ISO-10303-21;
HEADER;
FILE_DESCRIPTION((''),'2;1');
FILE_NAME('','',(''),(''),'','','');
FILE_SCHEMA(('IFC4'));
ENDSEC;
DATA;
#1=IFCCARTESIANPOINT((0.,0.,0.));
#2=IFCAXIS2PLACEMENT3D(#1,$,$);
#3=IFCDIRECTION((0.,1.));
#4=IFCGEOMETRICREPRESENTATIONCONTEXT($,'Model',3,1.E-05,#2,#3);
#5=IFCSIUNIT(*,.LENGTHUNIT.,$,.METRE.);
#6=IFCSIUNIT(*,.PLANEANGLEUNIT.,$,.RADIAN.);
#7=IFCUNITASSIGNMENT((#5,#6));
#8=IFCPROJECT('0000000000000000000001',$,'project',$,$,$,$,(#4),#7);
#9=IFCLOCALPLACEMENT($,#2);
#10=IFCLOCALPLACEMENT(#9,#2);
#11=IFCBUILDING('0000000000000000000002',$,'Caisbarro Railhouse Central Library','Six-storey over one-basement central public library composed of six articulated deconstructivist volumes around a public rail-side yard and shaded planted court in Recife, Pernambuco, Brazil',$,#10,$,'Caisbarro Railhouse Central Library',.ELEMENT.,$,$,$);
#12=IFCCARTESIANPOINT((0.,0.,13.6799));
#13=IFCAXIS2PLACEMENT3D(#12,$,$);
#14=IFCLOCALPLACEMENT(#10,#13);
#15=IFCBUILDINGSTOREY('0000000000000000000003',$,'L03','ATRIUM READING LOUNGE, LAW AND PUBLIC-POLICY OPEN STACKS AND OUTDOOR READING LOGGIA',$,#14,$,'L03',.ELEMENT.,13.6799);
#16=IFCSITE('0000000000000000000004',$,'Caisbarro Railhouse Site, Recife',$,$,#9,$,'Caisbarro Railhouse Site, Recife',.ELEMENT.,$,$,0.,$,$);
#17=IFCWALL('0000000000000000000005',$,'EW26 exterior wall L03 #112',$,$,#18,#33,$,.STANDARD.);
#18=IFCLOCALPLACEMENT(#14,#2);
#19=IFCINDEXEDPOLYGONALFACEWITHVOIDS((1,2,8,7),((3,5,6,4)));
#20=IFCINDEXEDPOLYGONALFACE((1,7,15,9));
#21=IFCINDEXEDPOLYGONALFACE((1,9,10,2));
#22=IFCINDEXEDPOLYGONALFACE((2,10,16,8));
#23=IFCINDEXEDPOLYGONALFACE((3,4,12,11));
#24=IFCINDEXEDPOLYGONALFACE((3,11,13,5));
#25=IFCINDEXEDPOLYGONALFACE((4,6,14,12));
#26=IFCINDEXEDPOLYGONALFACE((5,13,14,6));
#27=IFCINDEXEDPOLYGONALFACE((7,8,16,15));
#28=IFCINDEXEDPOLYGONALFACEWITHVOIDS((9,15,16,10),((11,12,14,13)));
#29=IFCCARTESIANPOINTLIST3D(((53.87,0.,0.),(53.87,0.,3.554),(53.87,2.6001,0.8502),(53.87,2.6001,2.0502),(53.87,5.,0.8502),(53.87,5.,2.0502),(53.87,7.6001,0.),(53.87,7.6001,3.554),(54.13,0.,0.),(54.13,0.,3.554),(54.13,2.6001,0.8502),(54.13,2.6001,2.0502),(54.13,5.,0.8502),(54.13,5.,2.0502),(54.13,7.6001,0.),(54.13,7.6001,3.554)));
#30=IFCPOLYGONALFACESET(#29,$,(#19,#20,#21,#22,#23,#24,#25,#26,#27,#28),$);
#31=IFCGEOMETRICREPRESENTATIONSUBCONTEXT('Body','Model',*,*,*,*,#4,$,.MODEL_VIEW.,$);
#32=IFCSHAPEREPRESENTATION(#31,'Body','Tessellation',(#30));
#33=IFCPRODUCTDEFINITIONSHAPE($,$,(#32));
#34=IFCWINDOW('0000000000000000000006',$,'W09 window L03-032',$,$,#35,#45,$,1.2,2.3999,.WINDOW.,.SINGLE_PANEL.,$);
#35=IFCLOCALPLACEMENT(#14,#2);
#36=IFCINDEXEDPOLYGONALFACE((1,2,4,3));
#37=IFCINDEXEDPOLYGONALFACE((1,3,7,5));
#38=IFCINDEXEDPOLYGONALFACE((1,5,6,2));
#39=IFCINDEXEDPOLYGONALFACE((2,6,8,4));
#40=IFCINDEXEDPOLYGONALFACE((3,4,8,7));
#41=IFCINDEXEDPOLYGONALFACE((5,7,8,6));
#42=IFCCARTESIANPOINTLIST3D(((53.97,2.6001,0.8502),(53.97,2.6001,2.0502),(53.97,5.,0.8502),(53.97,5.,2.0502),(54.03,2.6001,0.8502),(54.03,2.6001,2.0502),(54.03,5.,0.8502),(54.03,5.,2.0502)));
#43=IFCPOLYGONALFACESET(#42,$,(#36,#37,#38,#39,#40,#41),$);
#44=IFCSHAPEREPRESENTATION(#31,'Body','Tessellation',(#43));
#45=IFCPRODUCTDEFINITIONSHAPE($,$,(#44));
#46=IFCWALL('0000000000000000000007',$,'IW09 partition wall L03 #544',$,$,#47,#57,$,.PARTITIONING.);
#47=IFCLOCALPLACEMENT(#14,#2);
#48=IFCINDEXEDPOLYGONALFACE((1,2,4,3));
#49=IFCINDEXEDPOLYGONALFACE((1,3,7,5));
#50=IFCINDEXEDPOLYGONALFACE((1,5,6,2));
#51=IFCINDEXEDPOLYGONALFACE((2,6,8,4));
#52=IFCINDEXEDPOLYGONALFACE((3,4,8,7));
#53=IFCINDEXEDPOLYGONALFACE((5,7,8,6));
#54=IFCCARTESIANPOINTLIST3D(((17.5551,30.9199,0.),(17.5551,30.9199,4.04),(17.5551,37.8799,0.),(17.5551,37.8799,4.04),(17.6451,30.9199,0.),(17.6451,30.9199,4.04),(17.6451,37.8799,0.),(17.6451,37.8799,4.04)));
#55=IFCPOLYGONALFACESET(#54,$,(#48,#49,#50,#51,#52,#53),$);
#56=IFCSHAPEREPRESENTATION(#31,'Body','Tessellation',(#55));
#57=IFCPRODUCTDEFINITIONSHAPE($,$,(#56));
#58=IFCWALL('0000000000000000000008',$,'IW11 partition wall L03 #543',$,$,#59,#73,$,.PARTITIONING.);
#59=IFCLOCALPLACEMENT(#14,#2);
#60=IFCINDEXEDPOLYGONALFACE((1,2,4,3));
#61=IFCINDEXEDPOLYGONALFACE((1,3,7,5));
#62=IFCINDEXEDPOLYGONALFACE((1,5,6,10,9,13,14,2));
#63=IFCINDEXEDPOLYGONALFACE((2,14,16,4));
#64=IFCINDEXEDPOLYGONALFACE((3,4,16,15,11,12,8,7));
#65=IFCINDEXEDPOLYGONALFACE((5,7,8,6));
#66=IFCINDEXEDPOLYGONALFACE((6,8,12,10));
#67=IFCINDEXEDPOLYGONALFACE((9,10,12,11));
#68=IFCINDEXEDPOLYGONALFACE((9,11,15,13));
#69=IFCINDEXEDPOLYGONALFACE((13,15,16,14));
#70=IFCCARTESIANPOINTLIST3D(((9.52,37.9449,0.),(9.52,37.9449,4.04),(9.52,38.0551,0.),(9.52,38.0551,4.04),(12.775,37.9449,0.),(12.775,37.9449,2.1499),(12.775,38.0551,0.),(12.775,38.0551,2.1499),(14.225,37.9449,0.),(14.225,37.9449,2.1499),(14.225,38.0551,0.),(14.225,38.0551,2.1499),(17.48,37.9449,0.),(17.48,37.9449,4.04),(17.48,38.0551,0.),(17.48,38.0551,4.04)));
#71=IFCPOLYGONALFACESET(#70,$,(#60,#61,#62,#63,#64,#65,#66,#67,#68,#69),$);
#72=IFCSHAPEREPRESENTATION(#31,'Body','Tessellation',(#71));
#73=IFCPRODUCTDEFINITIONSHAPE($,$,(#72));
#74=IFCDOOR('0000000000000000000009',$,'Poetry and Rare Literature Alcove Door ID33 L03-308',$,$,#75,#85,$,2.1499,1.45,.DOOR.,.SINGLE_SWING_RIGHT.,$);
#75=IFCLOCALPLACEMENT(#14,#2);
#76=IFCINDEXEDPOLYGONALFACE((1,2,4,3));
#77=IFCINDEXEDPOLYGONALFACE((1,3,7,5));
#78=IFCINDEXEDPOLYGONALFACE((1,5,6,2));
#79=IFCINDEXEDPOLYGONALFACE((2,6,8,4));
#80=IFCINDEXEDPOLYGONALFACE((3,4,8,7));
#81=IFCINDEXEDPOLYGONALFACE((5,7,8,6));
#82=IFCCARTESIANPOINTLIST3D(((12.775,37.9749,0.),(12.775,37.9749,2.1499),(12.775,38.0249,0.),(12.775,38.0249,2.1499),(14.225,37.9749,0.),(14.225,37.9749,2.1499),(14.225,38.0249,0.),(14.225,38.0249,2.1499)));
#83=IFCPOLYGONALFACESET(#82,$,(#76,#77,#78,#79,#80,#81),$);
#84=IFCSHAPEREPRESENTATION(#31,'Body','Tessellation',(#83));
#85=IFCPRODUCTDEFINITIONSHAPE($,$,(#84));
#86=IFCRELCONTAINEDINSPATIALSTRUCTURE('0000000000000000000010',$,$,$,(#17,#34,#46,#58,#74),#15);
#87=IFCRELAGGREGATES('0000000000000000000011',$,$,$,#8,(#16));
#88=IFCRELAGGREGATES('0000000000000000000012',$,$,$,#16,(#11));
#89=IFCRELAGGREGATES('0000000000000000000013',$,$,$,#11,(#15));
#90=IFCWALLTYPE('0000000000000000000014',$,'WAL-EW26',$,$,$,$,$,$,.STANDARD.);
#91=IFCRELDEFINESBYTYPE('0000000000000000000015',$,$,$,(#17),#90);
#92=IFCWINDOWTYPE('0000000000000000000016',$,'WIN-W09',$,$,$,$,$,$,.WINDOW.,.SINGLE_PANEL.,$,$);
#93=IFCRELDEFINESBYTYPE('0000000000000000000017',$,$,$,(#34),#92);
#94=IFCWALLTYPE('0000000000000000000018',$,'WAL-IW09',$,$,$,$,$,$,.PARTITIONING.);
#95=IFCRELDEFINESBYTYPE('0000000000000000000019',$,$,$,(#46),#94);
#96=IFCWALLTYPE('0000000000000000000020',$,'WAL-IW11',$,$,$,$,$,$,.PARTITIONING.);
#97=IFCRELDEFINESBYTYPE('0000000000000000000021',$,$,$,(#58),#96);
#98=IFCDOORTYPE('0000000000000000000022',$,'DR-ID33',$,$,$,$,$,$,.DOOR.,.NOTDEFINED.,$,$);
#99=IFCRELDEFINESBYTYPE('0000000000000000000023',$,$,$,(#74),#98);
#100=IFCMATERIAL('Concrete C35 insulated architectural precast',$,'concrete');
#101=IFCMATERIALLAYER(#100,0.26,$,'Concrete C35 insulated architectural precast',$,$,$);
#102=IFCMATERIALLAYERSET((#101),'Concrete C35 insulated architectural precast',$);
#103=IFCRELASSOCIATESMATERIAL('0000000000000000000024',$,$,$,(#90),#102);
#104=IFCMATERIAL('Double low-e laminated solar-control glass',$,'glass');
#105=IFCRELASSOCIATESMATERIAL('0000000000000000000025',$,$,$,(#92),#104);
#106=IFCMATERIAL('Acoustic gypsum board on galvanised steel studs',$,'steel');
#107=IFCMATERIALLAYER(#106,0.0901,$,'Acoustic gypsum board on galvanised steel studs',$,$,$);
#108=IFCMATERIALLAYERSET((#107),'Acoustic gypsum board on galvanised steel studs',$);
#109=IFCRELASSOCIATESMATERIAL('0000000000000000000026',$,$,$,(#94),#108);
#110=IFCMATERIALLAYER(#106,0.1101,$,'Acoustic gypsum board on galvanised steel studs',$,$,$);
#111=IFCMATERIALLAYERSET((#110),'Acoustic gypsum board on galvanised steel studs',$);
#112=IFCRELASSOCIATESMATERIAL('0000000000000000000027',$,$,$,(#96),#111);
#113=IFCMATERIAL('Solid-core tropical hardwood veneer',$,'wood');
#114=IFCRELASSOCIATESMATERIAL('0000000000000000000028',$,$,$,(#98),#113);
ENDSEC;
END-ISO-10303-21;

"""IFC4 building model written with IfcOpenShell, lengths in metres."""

from ifc_helpers import new_model, si_unit, direction, frame, frame_2d, origin, place, context, subcontext, project, spatial, rectangle, extrude, material, layer, layer_set, type_object, element, fill, save


model = new_model("IFC4")

# Units and contexts
model_context = context("Model", 3, precision=1e-05, world=origin(), true_north=direction((0.0, 1.0)))
body_context = subcontext(model_context, "Body", "Model", "MODEL_VIEW")
ifc_project = project(units=[si_unit("LENGTHUNIT", "METRE"), si_unit("PLANEANGLEUNIT", "RADIAN")], contexts=[model_context])

# Site, building, storey
site_placement = place(None, origin())
site = spatial("IfcSite", under=ifc_project, at=site_placement, Name="Caisbarro Railhouse Site, Recife", LongName="Caisbarro Railhouse Site, Recife", CompositionType="ELEMENT", RefElevation=0.0)
building_placement = place(site_placement, origin())
building = spatial("IfcBuilding", under=site, at=building_placement, Name="Caisbarro Railhouse Central Library", Description="Six-storey over one-basement central public library composed of six articulated deconstructivist volumes around a public rail-side yard and shaded planted court in Recife, Pernambuco, Brazil", LongName="Caisbarro Railhouse Central Library", CompositionType="ELEMENT")
storey_placement = place(building_placement, frame((0.0, 0.0, 13.6799)))
storey = spatial("IfcBuildingStorey", under=building, at=storey_placement, Name="L03", Description="ATRIUM READING LOUNGE, LAW AND PUBLIC-POLICY OPEN STACKS AND OUTDOOR READING LOGGIA", LongName="L03", CompositionType="ELEMENT", Elevation=13.6799)

# Wall, opening, window
ifc_material_1 = material(Name="Concrete C35 insulated architectural precast", Category="concrete")
ifc_layer_1 = layer(ifc_material_1, 0.26, Name="Concrete C35 insulated architectural precast")
ifc_layer_set_1 = layer_set([ifc_layer_1], Name="Concrete C35 insulated architectural precast")
wall_type_1 = type_object("IfcWallType", Name="WAL-EW26", PredefinedType="STANDARD", material=ifc_layer_set_1)
ifc_material_2 = material(Name="Double low-e laminated solar-control glass", Category="glass")
wall_1_placement = place(storey_placement, frame((54.0, 0.0, 0.0), z_axis=(0.0, 0.0, 1.0), x_axis=(0.0, 1.0, 0.0)))
wall_1 = element("IfcWall", 1, at=wall_1_placement, inside=storey, type_object=wall_type_1, Name="EW26 exterior wall L03 #112", PredefinedType="STANDARD", context=body_context, shape_type="SweptSolid", body=[
    extrude(rectangle(XDim=7.6001, YDim=0.26, at=frame_2d((3.8, 0.0))), origin(), (0.0, 0.0, 1.0), 3.554),
])
opening_1_placement = place(wall_1_placement, frame((2.6001, 0.0, 0.8501)))
opening_1 = element("IfcOpeningElement", 2, at=opening_1_placement, cuts=wall_1, PredefinedType="OPENING", context=body_context, shape_type="SweptSolid", body=[
    extrude(rectangle(XDim=2.3999, YDim=1.2, at=frame_2d((1.2, 0.6001))), frame((0.0, 0.1401, 0.0), z_axis=(0.0, -1.0, 0.0), x_axis=(1.0, 0.0, 0.0)), (0.0, 0.0, 1.0), 0.28),
])
window_type_1 = type_object("IfcWindowType", Name="WIN-W09", PartitioningType="SINGLE_PANEL", PredefinedType="WINDOW", material=ifc_material_2)
window_1_placement = place(opening_1_placement, origin())
window_1 = element("IfcWindow", 3, at=window_1_placement, inside=storey, type_object=window_type_1, Name="W09 window L03-032", OverallHeight=1.2, OverallWidth=2.3999, PartitioningType="SINGLE_PANEL", PredefinedType="WINDOW", context=body_context, shape_type="SweptSolid", body=[
    extrude(rectangle(XDim=2.3999, YDim=1.2, at=frame_2d((1.2, 0.6001))), frame((0.0, 0.03, 0.0), z_axis=(0.0, -1.0, 0.0), x_axis=(1.0, 0.0, 0.0)), (0.0, 0.0, 1.0), 0.0601),
])
fill(opening_1, window_1)

# Wall
ifc_material_3 = material(Name="Acoustic gypsum board on galvanised steel studs", Category="steel")
ifc_layer_2 = layer(ifc_material_3, 0.0901, Name="Acoustic gypsum board on galvanised steel studs")
ifc_layer_set_2 = layer_set([ifc_layer_2], Name="Acoustic gypsum board on galvanised steel studs")
wall_type_2 = type_object("IfcWallType", Name="WAL-IW09", PredefinedType="PARTITIONING", material=ifc_layer_set_2)
wall_2_placement = place(storey_placement, frame((17.6001, 30.9199, 0.0), z_axis=(0.0, 0.0, 1.0), x_axis=(0.0, 1.0, 0.0)))
element("IfcWall", 4, at=wall_2_placement, inside=storey, type_object=wall_type_2, Name="IW09 partition wall L03 #544", PredefinedType="PARTITIONING", context=body_context, shape_type="SweptSolid", body=[
    extrude(rectangle(XDim=6.96, YDim=0.0901, at=frame_2d((3.48, 0.0))), origin(), (0.0, 0.0, 1.0), 4.04),
])

# Wall, opening, door
ifc_layer_3 = layer(ifc_material_3, 0.1101, Name="Acoustic gypsum board on galvanised steel studs")
ifc_layer_set_3 = layer_set([ifc_layer_3], Name="Acoustic gypsum board on galvanised steel studs")
wall_type_3 = type_object("IfcWallType", Name="WAL-IW11", PredefinedType="PARTITIONING", material=ifc_layer_set_3)
wall_3_placement = place(storey_placement, frame((9.52, 38.0, 0.0), z_axis=(0.0, 0.0, 1.0), x_axis=(1.0, 0.0, 0.0)))
wall_3 = element("IfcWall", 5, at=wall_3_placement, inside=storey, type_object=wall_type_3, Name="IW11 partition wall L03 #543", PredefinedType="PARTITIONING", context=body_context, shape_type="SweptSolid", body=[
    extrude(rectangle(XDim=7.96, YDim=0.1101, at=frame_2d((3.98, 0.0))), origin(), (0.0, 0.0, 1.0), 4.04),
])
opening_2_placement = place(wall_3_placement, frame((3.2549, 0.0, 0.0)))
opening_2 = element("IfcOpeningElement", 6, at=opening_2_placement, cuts=wall_3, PredefinedType="OPENING", context=body_context, shape_type="SweptSolid", body=[
    extrude(rectangle(XDim=1.45, YDim=2.1499, at=frame_2d((0.7251, 1.075))), frame((0.0, 0.0649, 0.0), z_axis=(0.0, -1.0, 0.0), x_axis=(1.0, 0.0, 0.0)), (0.0, 0.0, 1.0), 0.1301),
])
ifc_material_4 = material(Name="Solid-core tropical hardwood veneer", Category="wood")
door_type = type_object("IfcDoorType", Name="DR-ID33", OperationType="NOTDEFINED", PredefinedType="DOOR", material=ifc_material_4)
door_placement = place(opening_2_placement, origin())
door = element("IfcDoor", 7, at=door_placement, inside=storey, type_object=door_type, Name="Poetry and Rare Literature Alcove Door ID33 L03-308", OperationType="SINGLE_SWING_RIGHT", OverallHeight=2.1499, OverallWidth=1.45, PredefinedType="DOOR", context=body_context, shape_type="SweptSolid", body=[
    extrude(rectangle(XDim=1.45, YDim=2.1499, at=frame_2d((0.7251, 1.075))), frame((0.0, 0.0249, 0.0), z_axis=(0.0, -1.0, 0.0), x_axis=(1.0, 0.0, 0.0)), (0.0, 0.0, 1.0), 0.05),
])
fill(opening_2, door)

save(model, "model.ifc")
